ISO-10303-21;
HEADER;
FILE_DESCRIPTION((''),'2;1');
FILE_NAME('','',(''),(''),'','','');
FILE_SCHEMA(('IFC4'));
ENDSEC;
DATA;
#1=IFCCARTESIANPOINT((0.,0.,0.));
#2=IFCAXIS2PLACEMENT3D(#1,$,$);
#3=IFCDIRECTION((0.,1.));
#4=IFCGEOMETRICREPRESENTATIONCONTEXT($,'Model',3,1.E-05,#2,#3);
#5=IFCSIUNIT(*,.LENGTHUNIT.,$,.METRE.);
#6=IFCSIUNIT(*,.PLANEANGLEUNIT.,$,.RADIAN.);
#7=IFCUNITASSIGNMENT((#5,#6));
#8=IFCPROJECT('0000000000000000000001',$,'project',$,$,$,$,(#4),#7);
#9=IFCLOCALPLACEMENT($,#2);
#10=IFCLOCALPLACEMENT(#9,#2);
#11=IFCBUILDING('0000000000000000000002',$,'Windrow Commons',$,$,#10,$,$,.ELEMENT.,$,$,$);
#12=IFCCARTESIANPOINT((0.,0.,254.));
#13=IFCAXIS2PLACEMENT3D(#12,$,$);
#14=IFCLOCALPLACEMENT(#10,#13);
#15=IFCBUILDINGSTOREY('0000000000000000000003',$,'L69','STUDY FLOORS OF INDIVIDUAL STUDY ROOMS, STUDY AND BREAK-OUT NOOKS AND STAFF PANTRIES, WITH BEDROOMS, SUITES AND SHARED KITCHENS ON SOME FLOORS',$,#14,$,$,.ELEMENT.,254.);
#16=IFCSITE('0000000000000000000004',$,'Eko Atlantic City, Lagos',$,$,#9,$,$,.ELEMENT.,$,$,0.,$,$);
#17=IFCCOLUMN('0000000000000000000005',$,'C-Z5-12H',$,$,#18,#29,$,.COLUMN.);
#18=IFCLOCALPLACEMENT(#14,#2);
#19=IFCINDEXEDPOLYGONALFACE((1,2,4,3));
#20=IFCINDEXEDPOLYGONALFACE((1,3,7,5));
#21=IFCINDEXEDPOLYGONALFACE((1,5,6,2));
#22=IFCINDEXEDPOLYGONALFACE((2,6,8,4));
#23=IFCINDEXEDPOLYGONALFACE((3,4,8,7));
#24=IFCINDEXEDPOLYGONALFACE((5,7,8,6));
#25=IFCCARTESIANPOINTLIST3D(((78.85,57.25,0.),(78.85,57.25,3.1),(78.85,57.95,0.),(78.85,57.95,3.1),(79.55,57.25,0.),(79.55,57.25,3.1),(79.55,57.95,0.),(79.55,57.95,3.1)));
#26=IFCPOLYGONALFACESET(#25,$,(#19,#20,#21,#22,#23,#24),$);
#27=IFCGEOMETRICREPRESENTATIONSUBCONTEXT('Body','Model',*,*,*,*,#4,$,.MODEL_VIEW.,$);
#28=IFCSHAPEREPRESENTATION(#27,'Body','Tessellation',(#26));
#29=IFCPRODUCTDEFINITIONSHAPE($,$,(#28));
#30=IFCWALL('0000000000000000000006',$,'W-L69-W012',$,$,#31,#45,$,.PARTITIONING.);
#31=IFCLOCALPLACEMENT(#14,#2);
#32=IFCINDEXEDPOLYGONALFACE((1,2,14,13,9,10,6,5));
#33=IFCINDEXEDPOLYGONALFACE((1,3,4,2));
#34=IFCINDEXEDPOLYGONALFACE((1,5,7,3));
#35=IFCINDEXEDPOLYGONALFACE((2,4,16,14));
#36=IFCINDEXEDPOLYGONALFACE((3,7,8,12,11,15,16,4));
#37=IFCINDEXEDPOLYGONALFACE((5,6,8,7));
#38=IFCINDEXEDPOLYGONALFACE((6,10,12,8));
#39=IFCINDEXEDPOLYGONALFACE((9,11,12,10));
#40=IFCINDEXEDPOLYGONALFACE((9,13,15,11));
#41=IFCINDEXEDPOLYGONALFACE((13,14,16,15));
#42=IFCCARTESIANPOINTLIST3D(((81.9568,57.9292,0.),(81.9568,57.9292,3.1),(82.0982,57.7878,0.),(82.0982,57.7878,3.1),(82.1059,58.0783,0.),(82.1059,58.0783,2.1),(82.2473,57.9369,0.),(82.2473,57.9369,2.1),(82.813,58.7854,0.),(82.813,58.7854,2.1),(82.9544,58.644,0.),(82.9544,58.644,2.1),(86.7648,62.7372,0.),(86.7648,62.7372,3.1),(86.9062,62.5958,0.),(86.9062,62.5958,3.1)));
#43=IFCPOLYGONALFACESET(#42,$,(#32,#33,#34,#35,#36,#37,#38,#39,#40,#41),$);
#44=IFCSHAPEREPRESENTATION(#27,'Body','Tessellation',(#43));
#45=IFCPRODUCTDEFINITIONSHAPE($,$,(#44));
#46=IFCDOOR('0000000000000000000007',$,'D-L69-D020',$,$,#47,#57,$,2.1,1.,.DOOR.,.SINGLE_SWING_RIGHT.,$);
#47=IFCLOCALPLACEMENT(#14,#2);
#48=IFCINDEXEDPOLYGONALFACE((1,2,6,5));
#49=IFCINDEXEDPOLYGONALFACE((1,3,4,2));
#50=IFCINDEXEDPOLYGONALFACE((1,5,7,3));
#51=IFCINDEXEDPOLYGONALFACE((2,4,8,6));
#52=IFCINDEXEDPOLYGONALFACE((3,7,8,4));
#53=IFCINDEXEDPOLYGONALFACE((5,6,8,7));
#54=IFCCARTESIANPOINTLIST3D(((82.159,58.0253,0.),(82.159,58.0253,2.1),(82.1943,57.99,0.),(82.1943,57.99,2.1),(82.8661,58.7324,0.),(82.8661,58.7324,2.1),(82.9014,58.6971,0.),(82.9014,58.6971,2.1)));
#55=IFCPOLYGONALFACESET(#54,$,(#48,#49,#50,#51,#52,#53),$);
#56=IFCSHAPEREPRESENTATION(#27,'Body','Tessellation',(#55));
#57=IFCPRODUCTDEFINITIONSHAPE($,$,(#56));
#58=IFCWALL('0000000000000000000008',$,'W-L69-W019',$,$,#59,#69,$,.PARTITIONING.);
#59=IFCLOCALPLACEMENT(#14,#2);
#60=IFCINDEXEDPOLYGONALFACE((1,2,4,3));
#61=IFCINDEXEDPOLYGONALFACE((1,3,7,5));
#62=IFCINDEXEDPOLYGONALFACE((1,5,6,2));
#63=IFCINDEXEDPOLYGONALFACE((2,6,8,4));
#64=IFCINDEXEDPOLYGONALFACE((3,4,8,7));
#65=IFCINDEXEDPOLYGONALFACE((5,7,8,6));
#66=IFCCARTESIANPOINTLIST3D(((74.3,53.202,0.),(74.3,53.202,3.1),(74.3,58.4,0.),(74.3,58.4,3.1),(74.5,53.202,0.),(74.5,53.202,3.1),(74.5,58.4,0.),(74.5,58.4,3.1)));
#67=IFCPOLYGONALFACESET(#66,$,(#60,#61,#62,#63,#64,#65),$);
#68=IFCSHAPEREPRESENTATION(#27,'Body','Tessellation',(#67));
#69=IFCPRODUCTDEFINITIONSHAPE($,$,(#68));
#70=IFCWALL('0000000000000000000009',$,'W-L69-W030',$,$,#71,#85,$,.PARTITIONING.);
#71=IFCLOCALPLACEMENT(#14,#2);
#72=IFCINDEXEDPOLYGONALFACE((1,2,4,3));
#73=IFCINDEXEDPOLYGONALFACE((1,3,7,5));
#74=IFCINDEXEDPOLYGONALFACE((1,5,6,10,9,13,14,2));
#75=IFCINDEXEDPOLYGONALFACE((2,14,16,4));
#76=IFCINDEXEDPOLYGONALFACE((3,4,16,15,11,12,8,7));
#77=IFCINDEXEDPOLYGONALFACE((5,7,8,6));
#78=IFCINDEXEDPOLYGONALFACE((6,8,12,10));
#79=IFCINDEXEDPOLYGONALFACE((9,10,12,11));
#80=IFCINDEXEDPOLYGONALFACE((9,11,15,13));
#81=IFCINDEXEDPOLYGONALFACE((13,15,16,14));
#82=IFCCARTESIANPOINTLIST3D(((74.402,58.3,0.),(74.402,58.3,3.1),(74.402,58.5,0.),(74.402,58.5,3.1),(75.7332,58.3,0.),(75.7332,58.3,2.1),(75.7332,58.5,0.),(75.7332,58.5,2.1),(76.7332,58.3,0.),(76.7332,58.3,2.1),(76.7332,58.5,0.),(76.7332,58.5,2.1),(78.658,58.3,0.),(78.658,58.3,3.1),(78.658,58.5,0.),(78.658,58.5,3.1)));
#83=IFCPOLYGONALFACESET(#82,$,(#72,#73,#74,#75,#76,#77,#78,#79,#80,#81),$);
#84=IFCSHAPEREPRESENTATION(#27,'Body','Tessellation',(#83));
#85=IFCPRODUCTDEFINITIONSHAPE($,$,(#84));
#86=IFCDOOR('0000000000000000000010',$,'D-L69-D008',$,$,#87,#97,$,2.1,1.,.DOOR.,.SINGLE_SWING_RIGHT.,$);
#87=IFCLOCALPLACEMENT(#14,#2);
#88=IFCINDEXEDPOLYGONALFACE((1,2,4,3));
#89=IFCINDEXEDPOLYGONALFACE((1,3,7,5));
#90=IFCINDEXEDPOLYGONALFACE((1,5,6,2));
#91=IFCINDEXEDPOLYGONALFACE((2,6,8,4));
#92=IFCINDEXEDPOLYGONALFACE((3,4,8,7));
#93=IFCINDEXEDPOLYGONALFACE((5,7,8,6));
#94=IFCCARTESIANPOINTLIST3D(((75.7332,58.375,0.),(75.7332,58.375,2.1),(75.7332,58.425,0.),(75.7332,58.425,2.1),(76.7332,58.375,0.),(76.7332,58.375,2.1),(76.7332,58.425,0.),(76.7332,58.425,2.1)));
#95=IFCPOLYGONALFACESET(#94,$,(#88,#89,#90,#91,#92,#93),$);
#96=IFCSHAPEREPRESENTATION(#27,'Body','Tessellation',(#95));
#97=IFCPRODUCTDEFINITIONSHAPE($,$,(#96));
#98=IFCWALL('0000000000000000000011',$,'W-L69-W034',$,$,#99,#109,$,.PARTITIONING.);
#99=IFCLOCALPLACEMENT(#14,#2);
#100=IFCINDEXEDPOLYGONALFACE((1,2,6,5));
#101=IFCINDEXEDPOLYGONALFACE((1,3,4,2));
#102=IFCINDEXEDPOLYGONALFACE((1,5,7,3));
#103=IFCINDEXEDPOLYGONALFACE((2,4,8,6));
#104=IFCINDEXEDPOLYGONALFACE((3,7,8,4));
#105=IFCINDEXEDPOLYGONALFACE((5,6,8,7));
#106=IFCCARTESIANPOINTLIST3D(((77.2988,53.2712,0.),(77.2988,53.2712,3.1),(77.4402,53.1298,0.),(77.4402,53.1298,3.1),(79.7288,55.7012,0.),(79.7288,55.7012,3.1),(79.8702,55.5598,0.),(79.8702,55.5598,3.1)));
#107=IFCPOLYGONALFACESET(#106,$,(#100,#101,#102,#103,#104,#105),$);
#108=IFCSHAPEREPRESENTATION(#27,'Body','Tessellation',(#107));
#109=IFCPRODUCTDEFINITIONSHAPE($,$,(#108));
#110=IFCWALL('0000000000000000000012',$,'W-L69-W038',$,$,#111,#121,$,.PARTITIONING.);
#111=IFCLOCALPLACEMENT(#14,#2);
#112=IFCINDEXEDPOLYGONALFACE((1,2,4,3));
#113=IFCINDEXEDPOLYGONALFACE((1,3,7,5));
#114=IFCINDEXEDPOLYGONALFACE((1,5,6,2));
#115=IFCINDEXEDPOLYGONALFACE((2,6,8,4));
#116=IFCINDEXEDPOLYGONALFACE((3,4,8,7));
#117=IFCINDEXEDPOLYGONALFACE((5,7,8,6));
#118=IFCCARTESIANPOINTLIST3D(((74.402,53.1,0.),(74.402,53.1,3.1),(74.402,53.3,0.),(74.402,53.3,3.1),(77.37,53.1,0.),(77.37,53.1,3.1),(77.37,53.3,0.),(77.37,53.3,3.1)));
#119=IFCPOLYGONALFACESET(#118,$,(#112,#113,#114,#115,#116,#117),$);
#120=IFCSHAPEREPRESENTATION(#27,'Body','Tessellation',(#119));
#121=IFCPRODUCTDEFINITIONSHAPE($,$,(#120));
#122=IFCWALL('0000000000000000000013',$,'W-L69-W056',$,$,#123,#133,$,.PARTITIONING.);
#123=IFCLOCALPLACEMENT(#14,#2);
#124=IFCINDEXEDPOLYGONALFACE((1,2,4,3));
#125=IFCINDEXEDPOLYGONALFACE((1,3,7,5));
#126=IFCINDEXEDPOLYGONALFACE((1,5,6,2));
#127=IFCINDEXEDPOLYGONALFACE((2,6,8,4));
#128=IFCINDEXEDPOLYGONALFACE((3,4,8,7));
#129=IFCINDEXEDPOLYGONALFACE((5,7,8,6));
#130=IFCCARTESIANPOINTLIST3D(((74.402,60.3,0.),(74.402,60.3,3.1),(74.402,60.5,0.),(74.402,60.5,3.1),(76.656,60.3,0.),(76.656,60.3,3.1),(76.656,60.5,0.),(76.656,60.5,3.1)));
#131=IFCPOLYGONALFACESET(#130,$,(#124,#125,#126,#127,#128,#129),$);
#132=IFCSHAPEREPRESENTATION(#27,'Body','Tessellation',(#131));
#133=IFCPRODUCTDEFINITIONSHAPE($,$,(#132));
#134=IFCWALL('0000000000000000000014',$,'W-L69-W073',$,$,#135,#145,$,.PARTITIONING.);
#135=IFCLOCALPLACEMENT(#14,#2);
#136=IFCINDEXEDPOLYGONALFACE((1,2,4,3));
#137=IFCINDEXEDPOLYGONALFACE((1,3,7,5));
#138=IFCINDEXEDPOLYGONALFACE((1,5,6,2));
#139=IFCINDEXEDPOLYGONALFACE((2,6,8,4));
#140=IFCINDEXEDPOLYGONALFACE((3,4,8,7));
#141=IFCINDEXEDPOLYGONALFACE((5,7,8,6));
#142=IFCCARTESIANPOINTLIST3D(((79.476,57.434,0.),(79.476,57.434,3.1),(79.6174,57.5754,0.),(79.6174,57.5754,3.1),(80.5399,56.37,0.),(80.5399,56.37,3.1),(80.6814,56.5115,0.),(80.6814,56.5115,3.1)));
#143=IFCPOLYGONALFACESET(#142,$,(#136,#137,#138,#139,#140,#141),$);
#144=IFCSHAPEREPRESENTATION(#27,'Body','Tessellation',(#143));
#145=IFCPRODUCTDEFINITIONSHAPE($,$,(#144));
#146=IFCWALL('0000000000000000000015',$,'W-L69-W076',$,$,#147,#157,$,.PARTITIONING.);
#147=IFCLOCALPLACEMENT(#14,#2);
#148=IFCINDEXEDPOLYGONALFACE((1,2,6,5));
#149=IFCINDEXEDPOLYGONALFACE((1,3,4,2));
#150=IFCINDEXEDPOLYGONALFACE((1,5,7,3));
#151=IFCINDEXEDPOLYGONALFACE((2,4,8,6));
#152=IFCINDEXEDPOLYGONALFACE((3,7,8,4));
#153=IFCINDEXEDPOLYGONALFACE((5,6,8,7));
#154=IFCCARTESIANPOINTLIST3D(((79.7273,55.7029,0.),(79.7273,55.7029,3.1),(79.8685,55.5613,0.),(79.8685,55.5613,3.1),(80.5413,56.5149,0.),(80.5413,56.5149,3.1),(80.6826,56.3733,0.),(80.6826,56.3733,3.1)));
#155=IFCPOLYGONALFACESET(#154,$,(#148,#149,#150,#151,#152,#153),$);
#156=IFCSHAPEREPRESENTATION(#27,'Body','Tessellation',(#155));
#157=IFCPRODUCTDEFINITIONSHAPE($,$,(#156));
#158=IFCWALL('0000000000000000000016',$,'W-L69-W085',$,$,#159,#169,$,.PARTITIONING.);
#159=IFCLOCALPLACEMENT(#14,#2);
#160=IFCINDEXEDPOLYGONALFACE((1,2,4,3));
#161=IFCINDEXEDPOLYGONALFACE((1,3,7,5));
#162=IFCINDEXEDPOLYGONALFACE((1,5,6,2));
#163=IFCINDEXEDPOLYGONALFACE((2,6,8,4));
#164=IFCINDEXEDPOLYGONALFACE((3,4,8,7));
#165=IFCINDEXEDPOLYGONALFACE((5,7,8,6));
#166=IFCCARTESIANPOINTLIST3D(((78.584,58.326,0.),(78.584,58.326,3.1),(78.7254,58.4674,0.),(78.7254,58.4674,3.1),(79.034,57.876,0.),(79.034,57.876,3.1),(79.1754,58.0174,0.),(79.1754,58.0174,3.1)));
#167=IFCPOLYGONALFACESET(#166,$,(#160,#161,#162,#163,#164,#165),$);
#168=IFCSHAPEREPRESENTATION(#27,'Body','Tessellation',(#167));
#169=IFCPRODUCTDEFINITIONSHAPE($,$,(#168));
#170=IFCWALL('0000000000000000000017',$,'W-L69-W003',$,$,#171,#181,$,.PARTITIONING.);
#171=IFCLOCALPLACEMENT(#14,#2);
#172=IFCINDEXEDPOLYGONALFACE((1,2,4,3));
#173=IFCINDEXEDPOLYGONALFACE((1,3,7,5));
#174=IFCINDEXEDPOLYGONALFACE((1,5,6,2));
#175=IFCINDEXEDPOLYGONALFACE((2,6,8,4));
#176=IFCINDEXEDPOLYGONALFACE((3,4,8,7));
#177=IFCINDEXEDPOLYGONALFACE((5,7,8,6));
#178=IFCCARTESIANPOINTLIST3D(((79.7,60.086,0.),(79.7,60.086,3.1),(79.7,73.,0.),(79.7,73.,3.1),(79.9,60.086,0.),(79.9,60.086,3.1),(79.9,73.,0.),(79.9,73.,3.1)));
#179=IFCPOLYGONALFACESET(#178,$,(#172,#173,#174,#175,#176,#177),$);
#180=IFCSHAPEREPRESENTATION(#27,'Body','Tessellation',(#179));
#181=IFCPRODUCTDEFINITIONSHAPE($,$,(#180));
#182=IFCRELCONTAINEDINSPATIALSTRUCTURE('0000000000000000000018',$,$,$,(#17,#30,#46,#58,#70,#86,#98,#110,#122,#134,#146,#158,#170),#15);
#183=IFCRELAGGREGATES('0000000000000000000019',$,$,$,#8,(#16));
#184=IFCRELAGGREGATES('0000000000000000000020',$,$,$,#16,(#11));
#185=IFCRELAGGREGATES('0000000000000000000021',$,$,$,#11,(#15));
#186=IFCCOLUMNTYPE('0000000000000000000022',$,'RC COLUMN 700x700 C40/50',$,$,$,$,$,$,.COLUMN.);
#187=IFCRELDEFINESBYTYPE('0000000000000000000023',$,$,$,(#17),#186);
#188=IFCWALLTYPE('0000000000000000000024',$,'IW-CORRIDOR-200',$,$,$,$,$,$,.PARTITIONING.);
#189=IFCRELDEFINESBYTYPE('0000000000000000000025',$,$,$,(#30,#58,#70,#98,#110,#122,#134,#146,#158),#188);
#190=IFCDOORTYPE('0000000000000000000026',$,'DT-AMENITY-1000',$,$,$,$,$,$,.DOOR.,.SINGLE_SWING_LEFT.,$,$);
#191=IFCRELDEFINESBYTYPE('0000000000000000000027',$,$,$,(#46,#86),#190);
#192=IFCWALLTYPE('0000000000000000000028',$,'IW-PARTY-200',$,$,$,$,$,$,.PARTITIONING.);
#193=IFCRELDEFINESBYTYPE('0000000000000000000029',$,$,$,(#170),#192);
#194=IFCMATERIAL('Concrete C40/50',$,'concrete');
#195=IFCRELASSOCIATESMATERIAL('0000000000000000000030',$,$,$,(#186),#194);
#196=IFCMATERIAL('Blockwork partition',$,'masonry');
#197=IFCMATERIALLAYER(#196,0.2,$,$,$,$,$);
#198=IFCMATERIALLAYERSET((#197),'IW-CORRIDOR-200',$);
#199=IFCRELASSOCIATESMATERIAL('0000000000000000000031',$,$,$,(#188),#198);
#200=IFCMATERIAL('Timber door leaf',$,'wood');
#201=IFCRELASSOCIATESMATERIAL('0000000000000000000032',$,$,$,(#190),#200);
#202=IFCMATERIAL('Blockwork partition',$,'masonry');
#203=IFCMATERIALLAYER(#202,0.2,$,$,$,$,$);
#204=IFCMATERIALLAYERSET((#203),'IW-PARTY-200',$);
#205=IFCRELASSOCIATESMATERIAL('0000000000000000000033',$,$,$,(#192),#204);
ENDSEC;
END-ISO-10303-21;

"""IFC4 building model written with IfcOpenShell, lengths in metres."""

from ifc_helpers import new_model, si_unit, direction, frame, frame_2d, origin, origin_2d, place, context, subcontext, project, spatial, rectangle, extrude, material, layer, layer_set, material_profile, profile_set, type_object, element, fill, save


model = new_model("IFC4")

# Units and contexts
model_context = context("Model", 3, precision=1e-05, world=origin(), true_north=direction((0.0, 1.0)))
body_context = subcontext(model_context, "Body", "Model", "MODEL_VIEW")
ifc_project = project(units=[si_unit("LENGTHUNIT", "METRE"), si_unit("PLANEANGLEUNIT", "RADIAN")], contexts=[model_context])

# Site, building, storey
site_placement = place(None, origin())
site = spatial("IfcSite", under=ifc_project, at=site_placement, Name="Eko Atlantic City, Lagos", CompositionType="ELEMENT", RefElevation=0.0)
building_placement = place(site_placement, origin())
building = spatial("IfcBuilding", under=site, at=building_placement, Name="Windrow Commons", CompositionType="ELEMENT")
storey_placement = place(building_placement, frame((0.0, 0.0, 254.0)))
storey = spatial("IfcBuildingStorey", under=building, at=storey_placement, Name="L69", Description="STUDY FLOORS OF INDIVIDUAL STUDY ROOMS, STUDY AND BREAK-OUT NOOKS AND STAFF PANTRIES, WITH BEDROOMS, SUITES AND SHARED KITCHENS ON SOME FLOORS", CompositionType="ELEMENT", Elevation=254.0)

# Column
ifc_material_1 = material(Name="Concrete C40/50", Category="concrete")
ifc_material_profile = material_profile(ifc_material_1, rectangle(XDim=0.7, YDim=0.7, at=origin_2d()))
ifc_profile_set = profile_set([ifc_material_profile], Name="Concrete C40/50")
column_type = type_object("IfcColumnType", Name="RC COLUMN 700x700 C40/50", PredefinedType="COLUMN", material=ifc_profile_set)
column_placement = place(storey_placement, frame((79.2, 57.6, 0.0), z_axis=(0.0, 0.0, 1.0), x_axis=(1.0, 0.0, 0.0)))
element("IfcColumn", 1, at=column_placement, inside=storey, type_object=column_type, Name="C-Z5-12H", PredefinedType="COLUMN", context=body_context, shape_type="SweptSolid", body=[
    extrude(rectangle(XDim=0.7, YDim=0.7, at=origin_2d()), origin(), (0.0, 0.0, 1.0), 3.1),
])

# Wall, opening, door
ifc_material_2 = material(Name="Blockwork partition", Category="masonry")
ifc_layer_1 = layer(ifc_material_2, 0.2)
ifc_layer_set_1 = layer_set([ifc_layer_1], Name="IW-CORRIDOR-200")
wall_type_1 = type_object("IfcWallType", Name="IW-CORRIDOR-200", PredefinedType="PARTITIONING", material=ifc_layer_set_1)
wall_1_placement = place(storey_placement, frame((82.0275, 57.8585, 0.0), z_axis=(0.0, 0.0, 1.0), x_axis=(0.707107, 0.707107, 0.0)))
wall_1 = element("IfcWall", 2, at=wall_1_placement, inside=storey, type_object=wall_type_1, Name="W-L69-W012", PredefinedType="PARTITIONING", context=body_context, shape_type="SweptSolid", body=[
    extrude(rectangle(XDim=6.7995, YDim=0.2, at=frame_2d((3.3998, 0.0))), origin(), (0.0, 0.0, 1.0), 3.1),
])
opening_1_placement = place(wall_1_placement, frame((0.2109, 0.0, 0.0)))
opening_1 = element("IfcOpeningElement", 3, at=opening_1_placement, cuts=wall_1, PredefinedType="OPENING", context=body_context, shape_type="SweptSolid", body=[
    extrude(rectangle(XDim=1.0, YDim=2.1, at=frame_2d((0.5, 1.05))), frame((0.0, 0.11, 0.0), z_axis=(0.0, -1.0, 0.0), x_axis=(1.0, 0.0, 0.0)), (0.0, 0.0, 1.0), 0.22),
])
ifc_material_3 = material(Name="Timber door leaf", Category="wood")
door_type_1 = type_object("IfcDoorType", Name="DT-AMENITY-1000", OperationType="SINGLE_SWING_LEFT", PredefinedType="DOOR", material=ifc_material_3)
door_1_placement = place(opening_1_placement, origin())
door_1 = element("IfcDoor", 4, at=door_1_placement, inside=storey, type_object=door_type_1, Name="D-L69-D020", OperationType="SINGLE_SWING_RIGHT", OverallHeight=2.1, OverallWidth=1.0, PredefinedType="DOOR", context=body_context, shape_type="SweptSolid", body=[
    extrude(rectangle(XDim=1.0, YDim=2.1, at=frame_2d((0.5, 1.05))), frame((0.0, 0.025, 0.0), z_axis=(0.0, -1.0, 0.0), x_axis=(1.0, 0.0, 0.0)), (0.0, 0.0, 1.0), 0.05),
])
fill(opening_1, door_1)

# Wall
wall_2_placement = place(storey_placement, frame((74.4, 53.202, 0.0), z_axis=(0.0, 0.0, 1.0), x_axis=(0.0, 1.0, 0.0)))
element("IfcWall", 5, at=wall_2_placement, inside=storey, type_object=wall_type_1, Name="W-L69-W019", PredefinedType="PARTITIONING", context=body_context, shape_type="SweptSolid", body=[
    extrude(rectangle(XDim=5.198, YDim=0.2, at=frame_2d((2.599, 0.0))), origin(), (0.0, 0.0, 1.0), 3.1),
])

# Wall, opening, door
wall_3_placement = place(storey_placement, frame((74.402, 58.4, 0.0), z_axis=(0.0, 0.0, 1.0), x_axis=(1.0, 0.0, 0.0)))
wall_3 = element("IfcWall", 6, at=wall_3_placement, inside=storey, type_object=wall_type_1, Name="W-L69-W030", PredefinedType="PARTITIONING", context=body_context, shape_type="SweptSolid", body=[
    extrude(rectangle(XDim=4.256, YDim=0.2, at=frame_2d((2.128, 0.0))), origin(), (0.0, 0.0, 1.0), 3.1),
])
opening_2_placement = place(wall_3_placement, frame((1.3312, 0.0, 0.0)))
opening_2 = element("IfcOpeningElement", 7, at=opening_2_placement, cuts=wall_3, PredefinedType="OPENING", context=body_context, shape_type="SweptSolid", body=[
    extrude(rectangle(XDim=1.0, YDim=2.1, at=frame_2d((0.5, 1.05))), frame((0.0, 0.11, 0.0), z_axis=(0.0, -1.0, 0.0), x_axis=(1.0, 0.0, 0.0)), (0.0, 0.0, 1.0), 0.22),
])
door_2_placement = place(opening_2_placement, origin())
door_2 = element("IfcDoor", 8, at=door_2_placement, inside=storey, type_object=door_type_1, Name="D-L69-D008", OperationType="SINGLE_SWING_RIGHT", OverallHeight=2.1, OverallWidth=1.0, PredefinedType="DOOR", context=body_context, shape_type="SweptSolid", body=[
    extrude(rectangle(XDim=1.0, YDim=2.1, at=frame_2d((0.5, 1.05))), frame((0.0, 0.025, 0.0), z_axis=(0.0, -1.0, 0.0), x_axis=(1.0, 0.0, 0.0)), (0.0, 0.0, 1.0), 0.05),
])
fill(opening_2, door_2)

# Walls
wall_4_placement = place(storey_placement, frame((77.3695, 53.2005, 0.0), z_axis=(0.0, 0.0, 1.0), x_axis=(0.707107, 0.707107, 0.0)))
element("IfcWall", 9, at=wall_4_placement, inside=storey, type_object=wall_type_1, Name="W-L69-W034", PredefinedType="PARTITIONING", context=body_context, shape_type="SweptSolid", body=[
    extrude(rectangle(XDim=3.4365, YDim=0.2, at=frame_2d((1.7183, 0.0))), origin(), (0.0, 0.0, 1.0), 3.1),
])
wall_5_placement = place(storey_placement, frame((74.402, 53.2, 0.0), z_axis=(0.0, 0.0, 1.0), x_axis=(1.0, 0.0, 0.0)))
element("IfcWall", 10, at=wall_5_placement, inside=storey, type_object=wall_type_1, Name="W-L69-W038", PredefinedType="PARTITIONING", context=body_context, shape_type="SweptSolid", body=[
    extrude(rectangle(XDim=2.968, YDim=0.2, at=frame_2d((1.484, 0.0))), origin(), (0.0, 0.0, 1.0), 3.1),
])
wall_6_placement = place(storey_placement, frame((74.402, 60.4, 0.0), z_axis=(0.0, 0.0, 1.0), x_axis=(1.0, 0.0, 0.0)))
element("IfcWall", 11, at=wall_6_placement, inside=storey, type_object=wall_type_1, Name="W-L69-W056", PredefinedType="PARTITIONING", context=body_context, shape_type="SweptSolid", body=[
    extrude(rectangle(XDim=2.254, YDim=0.2, at=frame_2d((1.127, 0.0))), origin(), (0.0, 0.0, 1.0), 3.1),
])
wall_7_placement = place(storey_placement, frame((79.5467, 57.5047, 0.0), z_axis=(0.0, 0.0, 1.0), x_axis=(0.707107, -0.707107, 0.0)))
element("IfcWall", 12, at=wall_7_placement, inside=storey, type_object=wall_type_1, Name="W-L69-W073", PredefinedType="PARTITIONING", context=body_context, shape_type="SweptSolid", body=[
    extrude(rectangle(XDim=1.5047, YDim=0.2, at=frame_2d((0.7523, 0.0))), origin(), (0.0, 0.0, 1.0), 3.1),
])
wall_8_placement = place(storey_placement, frame((79.7979, 55.6321, 0.0), z_axis=(0.0, 0.0, 1.0), x_axis=(0.707976, 0.706236, 0.0)))
element("IfcWall", 13, at=wall_8_placement, inside=storey, type_object=wall_type_1, Name="W-L69-W076", PredefinedType="PARTITIONING", context=body_context, shape_type="SweptSolid", body=[
    extrude(rectangle(XDim=1.1498, YDim=0.2, at=frame_2d((0.5749, 0.0))), origin(), (0.0, 0.0, 1.0), 3.1),
])
wall_9_placement = place(storey_placement, frame((78.6547, 58.3967, 0.0), z_axis=(0.0, 0.0, 1.0), x_axis=(0.707107, -0.707107, 0.0)))
element("IfcWall", 14, at=wall_9_placement, inside=storey, type_object=wall_type_1, Name="W-L69-W085", PredefinedType="PARTITIONING", context=body_context, shape_type="SweptSolid", body=[
    extrude(rectangle(XDim=0.6364, YDim=0.2, at=frame_2d((0.3182, 0.0))), origin(), (0.0, 0.0, 1.0), 3.1),
])
ifc_material_4 = material(Name="Blockwork partition", Category="masonry")
ifc_layer_2 = layer(ifc_material_4, 0.2)
ifc_layer_set_2 = layer_set([ifc_layer_2], Name="IW-PARTY-200")
wall_type_2 = type_object("IfcWallType", Name="IW-PARTY-200", PredefinedType="PARTITIONING", material=ifc_layer_set_2)
wall_10_placement = place(storey_placement, frame((79.8, 60.086, 0.0), z_axis=(0.0, 0.0, 1.0), x_axis=(0.0, 1.0, 0.0)))
element("IfcWall", 15, at=wall_10_placement, inside=storey, type_object=wall_type_2, Name="W-L69-W003", PredefinedType="PARTITIONING", context=body_context, shape_type="SweptSolid", body=[
    extrude(rectangle(XDim=12.914, YDim=0.2, at=frame_2d((6.457, 0.0))), origin(), (0.0, 0.0, 1.0), 3.1),
])

save(model, "model.ifc")
